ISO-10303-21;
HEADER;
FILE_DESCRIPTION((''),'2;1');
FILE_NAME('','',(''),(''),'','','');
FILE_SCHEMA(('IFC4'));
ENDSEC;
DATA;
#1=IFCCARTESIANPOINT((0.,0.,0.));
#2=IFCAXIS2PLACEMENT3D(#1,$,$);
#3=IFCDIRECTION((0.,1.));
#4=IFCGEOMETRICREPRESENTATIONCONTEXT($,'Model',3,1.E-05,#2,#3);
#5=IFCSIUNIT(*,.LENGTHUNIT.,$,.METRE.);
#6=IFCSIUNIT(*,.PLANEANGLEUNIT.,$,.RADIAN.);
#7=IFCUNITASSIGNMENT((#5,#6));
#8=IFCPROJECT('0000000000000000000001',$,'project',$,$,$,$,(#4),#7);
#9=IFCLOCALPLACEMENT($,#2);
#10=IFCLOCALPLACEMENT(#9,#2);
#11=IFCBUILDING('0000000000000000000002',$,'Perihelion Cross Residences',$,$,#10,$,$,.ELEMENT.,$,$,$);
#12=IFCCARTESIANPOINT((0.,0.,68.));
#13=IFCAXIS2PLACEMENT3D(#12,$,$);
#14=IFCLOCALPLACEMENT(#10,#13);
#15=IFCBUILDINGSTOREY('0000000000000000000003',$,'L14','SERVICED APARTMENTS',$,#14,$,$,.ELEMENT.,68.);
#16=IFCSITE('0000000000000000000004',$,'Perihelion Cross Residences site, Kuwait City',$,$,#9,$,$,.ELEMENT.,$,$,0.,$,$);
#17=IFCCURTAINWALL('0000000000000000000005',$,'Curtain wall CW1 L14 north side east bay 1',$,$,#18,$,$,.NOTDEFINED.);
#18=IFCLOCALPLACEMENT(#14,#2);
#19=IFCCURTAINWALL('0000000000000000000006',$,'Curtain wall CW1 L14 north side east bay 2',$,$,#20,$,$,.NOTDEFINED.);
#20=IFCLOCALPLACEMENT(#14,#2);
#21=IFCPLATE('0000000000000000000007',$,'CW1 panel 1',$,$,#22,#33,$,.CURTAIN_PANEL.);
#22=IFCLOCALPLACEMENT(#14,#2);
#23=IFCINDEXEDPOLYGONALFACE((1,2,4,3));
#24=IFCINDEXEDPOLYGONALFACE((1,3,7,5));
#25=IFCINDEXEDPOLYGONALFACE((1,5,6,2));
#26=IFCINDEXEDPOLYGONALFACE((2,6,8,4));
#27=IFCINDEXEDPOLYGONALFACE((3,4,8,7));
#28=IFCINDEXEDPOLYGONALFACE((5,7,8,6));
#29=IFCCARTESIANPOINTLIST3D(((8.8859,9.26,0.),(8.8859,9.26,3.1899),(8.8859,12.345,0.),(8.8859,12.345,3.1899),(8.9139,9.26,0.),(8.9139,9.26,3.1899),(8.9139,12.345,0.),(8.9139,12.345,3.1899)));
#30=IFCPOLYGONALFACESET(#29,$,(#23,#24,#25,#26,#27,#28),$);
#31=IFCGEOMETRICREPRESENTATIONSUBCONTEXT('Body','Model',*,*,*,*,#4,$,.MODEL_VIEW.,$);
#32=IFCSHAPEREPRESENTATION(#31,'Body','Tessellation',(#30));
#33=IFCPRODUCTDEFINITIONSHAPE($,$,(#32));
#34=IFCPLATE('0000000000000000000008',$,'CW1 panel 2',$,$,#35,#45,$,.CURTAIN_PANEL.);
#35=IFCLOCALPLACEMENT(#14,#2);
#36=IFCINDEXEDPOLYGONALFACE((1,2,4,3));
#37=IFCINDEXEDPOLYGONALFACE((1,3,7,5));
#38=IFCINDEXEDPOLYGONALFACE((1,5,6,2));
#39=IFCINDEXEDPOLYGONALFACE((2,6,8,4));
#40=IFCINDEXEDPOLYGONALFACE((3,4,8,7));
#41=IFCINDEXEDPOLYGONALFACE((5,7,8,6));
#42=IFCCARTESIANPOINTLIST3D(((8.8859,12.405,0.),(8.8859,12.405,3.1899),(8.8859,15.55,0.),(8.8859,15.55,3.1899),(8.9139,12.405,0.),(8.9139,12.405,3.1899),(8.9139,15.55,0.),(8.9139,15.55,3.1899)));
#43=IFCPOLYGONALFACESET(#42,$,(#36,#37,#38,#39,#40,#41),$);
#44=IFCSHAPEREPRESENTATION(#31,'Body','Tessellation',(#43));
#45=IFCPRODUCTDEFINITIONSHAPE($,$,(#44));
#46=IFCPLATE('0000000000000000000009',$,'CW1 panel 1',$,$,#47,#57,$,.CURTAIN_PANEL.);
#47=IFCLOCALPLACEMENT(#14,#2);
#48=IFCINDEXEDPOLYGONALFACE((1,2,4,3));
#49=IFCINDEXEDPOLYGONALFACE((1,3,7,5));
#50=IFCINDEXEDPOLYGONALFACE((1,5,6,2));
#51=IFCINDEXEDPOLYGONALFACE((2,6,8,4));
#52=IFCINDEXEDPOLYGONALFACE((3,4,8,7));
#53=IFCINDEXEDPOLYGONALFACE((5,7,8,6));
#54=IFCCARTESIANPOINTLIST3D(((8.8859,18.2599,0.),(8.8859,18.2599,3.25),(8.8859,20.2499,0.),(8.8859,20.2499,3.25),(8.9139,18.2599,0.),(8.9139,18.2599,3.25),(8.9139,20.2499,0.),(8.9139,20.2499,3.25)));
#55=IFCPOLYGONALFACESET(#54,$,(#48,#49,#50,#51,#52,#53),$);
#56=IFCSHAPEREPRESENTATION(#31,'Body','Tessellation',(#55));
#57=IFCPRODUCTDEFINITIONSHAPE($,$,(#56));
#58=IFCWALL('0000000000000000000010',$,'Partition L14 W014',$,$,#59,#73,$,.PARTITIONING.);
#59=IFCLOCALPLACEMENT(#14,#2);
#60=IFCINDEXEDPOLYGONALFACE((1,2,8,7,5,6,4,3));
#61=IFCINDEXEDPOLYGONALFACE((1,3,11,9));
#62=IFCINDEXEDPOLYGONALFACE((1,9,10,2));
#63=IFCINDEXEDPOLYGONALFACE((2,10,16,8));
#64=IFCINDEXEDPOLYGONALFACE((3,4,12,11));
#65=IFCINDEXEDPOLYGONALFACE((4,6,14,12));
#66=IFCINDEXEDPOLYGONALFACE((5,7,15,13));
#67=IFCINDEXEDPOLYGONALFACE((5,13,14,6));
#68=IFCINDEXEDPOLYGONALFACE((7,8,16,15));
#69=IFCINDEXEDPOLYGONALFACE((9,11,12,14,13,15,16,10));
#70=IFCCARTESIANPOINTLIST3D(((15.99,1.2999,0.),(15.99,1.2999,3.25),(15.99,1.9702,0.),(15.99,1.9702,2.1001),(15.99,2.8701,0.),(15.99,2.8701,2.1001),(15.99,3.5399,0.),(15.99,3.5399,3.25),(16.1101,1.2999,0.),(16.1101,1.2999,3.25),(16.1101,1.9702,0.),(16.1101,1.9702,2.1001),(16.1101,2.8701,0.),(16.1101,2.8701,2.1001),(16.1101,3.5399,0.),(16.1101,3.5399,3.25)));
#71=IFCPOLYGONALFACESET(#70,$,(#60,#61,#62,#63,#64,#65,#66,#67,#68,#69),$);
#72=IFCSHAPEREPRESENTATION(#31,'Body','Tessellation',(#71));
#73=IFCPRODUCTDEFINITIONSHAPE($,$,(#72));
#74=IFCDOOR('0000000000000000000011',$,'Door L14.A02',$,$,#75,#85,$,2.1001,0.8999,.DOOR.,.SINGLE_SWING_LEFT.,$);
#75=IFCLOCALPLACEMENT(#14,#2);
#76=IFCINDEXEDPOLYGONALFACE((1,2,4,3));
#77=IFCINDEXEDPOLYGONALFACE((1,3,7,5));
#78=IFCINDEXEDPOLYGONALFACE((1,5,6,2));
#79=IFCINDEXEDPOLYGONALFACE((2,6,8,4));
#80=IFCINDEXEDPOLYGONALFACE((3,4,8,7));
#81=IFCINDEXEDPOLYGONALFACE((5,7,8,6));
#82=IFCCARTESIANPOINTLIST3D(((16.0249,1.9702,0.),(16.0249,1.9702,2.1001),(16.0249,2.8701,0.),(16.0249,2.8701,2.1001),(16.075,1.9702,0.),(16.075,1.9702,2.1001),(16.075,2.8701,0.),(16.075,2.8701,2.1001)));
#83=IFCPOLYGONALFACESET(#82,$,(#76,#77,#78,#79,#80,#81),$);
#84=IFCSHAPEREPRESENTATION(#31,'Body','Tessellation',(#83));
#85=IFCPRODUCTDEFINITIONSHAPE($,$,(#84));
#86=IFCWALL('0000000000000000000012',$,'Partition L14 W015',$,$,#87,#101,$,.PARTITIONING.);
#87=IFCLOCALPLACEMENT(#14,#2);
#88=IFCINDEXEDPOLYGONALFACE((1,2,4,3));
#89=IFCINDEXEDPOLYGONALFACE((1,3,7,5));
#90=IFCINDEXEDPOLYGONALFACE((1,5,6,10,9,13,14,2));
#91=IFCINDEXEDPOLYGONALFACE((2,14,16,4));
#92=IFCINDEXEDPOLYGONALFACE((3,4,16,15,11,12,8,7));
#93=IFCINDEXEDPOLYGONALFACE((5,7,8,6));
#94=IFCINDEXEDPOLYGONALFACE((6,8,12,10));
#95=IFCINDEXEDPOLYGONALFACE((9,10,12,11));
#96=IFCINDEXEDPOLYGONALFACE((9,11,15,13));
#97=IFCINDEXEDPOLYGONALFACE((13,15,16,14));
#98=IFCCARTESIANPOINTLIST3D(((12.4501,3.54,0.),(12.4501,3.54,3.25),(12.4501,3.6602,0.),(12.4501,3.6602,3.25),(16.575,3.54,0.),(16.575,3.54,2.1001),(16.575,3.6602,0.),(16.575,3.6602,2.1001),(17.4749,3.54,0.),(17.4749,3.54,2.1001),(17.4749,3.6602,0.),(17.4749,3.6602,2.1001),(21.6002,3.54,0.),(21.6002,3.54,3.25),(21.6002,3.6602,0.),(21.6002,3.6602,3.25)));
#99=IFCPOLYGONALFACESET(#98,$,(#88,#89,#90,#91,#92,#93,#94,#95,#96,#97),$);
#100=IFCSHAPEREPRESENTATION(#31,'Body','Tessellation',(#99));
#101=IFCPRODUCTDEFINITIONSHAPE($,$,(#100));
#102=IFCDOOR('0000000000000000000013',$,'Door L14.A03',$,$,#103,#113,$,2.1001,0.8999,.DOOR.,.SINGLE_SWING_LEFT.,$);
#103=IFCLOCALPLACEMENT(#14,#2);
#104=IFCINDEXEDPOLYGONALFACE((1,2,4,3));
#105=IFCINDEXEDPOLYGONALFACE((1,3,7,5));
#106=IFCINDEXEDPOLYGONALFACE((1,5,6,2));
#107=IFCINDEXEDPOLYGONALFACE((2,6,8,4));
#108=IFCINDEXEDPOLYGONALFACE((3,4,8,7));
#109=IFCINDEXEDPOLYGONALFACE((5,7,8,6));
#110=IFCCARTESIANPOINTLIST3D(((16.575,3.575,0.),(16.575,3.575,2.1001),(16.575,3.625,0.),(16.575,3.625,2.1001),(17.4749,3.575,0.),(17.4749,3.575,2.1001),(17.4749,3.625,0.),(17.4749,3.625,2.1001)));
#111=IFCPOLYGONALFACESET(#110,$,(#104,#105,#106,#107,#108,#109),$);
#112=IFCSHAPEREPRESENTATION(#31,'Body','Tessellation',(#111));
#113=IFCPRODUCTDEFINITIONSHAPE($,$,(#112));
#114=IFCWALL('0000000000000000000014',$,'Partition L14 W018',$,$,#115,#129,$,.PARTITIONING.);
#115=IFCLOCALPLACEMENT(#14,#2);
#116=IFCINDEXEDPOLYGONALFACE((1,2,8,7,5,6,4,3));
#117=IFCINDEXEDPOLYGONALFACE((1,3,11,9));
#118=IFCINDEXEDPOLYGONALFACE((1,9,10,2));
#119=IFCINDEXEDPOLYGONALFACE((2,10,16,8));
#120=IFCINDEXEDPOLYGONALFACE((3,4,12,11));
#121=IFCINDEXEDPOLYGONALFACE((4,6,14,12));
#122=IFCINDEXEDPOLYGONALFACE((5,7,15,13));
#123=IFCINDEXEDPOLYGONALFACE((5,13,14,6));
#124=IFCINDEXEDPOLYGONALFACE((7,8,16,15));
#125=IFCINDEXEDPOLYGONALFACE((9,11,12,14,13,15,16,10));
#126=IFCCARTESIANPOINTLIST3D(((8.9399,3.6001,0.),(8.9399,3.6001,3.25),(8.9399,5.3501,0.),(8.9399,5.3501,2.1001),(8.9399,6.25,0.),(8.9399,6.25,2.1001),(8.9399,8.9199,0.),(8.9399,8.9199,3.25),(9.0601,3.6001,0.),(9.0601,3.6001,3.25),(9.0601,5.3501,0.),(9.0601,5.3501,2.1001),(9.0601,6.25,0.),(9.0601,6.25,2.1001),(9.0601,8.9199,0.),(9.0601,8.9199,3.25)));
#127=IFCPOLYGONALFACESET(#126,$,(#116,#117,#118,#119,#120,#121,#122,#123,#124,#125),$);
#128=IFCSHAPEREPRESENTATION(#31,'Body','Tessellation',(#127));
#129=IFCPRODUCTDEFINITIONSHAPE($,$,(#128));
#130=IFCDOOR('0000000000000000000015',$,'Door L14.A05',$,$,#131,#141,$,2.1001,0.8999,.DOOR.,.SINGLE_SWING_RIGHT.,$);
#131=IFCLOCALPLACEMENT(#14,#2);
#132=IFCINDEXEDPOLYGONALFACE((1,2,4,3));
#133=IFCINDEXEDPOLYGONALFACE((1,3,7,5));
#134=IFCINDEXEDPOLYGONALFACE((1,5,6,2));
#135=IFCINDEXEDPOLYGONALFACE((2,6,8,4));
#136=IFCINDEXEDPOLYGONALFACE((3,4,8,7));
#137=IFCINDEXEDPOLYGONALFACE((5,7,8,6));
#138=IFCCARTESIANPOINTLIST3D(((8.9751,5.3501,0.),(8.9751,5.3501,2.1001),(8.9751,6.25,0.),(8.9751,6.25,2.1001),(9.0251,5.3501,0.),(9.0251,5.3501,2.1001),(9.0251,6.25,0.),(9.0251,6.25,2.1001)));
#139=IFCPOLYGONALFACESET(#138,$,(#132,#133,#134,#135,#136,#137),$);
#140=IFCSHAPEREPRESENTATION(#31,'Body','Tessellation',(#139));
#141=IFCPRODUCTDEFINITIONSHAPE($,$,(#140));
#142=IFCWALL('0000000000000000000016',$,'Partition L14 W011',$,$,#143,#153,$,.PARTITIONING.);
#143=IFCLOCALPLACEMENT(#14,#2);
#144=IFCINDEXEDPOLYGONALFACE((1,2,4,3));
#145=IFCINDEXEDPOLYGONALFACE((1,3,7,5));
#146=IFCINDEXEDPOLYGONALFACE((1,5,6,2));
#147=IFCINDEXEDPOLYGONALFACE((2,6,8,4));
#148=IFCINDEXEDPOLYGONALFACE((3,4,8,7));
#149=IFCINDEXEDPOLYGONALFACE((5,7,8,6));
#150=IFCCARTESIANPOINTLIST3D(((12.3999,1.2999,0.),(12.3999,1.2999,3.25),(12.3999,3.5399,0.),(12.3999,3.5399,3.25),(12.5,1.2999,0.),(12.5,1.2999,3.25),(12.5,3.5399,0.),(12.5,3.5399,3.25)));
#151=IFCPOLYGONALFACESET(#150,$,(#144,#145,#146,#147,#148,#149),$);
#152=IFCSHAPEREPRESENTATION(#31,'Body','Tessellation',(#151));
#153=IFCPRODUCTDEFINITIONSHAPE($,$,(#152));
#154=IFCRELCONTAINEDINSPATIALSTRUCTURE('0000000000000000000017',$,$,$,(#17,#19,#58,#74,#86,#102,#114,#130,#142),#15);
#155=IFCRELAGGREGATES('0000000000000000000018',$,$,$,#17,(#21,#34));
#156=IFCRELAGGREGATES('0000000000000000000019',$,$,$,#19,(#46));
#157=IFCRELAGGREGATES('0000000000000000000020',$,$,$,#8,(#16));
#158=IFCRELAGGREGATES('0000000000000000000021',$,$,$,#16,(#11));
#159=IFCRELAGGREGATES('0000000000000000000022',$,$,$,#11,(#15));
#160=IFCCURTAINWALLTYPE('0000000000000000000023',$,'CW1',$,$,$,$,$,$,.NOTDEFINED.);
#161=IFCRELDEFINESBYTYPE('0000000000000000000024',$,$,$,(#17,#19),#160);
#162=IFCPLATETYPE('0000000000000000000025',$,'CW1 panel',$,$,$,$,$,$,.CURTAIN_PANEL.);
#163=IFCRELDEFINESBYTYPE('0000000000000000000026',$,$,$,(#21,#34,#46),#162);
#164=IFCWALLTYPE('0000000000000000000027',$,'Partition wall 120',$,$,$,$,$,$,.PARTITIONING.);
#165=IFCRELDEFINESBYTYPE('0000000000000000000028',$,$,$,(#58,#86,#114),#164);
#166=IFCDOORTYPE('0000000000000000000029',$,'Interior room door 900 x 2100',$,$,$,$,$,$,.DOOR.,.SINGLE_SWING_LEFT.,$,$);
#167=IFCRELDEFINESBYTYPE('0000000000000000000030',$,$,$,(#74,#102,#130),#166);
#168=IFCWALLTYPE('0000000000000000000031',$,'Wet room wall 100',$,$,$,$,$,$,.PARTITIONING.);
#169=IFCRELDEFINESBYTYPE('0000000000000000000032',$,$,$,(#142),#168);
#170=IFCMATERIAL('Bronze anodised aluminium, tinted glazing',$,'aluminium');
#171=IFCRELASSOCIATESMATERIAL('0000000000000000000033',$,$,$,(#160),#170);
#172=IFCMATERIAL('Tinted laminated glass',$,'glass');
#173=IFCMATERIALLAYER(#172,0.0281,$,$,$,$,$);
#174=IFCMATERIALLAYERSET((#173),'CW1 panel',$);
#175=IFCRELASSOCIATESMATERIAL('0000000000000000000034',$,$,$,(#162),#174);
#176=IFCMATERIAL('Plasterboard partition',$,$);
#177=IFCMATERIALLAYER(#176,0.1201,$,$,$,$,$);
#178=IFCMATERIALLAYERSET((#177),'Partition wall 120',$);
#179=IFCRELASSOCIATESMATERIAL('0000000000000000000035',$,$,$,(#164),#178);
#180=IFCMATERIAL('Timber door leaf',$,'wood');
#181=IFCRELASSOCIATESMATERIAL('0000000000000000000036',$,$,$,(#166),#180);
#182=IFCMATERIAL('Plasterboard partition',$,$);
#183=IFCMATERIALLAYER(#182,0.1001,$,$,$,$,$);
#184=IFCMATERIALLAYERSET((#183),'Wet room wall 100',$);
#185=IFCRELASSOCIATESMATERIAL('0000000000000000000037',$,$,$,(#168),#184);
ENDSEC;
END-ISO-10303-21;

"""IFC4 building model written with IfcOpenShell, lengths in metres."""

from ifc_helpers import new_model, si_unit, direction, frame, frame_2d, origin, origin_2d, place, context, subcontext, project, spatial, rectangle, extrude, material, layer, layer_set, type_object, element, fill, aggregate, save


model = new_model("IFC4")

# Units and contexts
model_context = context("Model", 3, precision=1e-05, world=origin(), true_north=direction((0.0, 1.0)))
body_context = subcontext(model_context, "Body", "Model", "MODEL_VIEW")
ifc_project = project(units=[si_unit("LENGTHUNIT", "METRE"), si_unit("PLANEANGLEUNIT", "RADIAN")], contexts=[model_context])

# Site, building, storey
site_placement = place(None, origin())
site = spatial("IfcSite", under=ifc_project, at=site_placement, Name="Perihelion Cross Residences site, Kuwait City", CompositionType="ELEMENT", RefElevation=0.0)
building_placement = place(site_placement, origin())
building = spatial("IfcBuilding", under=site, at=building_placement, Name="Perihelion Cross Residences", CompositionType="ELEMENT")
storey_placement = place(building_placement, frame((0.0, 0.0, 68.0)))
storey = spatial("IfcBuildingStorey", under=building, at=storey_placement, Name="L14", Description="SERVICED APARTMENTS", CompositionType="ELEMENT", Elevation=68.0)

# Curtain wall
ifc_material_1 = material(Name="Bronze anodised aluminium, tinted glazing", Category="aluminium")
curtain_wall_type = type_object("IfcCurtainWallType", Name="CW1", PredefinedType="NOTDEFINED", material=ifc_material_1)
curtain_wall_1_placement = place(storey_placement, origin())
curtain_wall_1 = element("IfcCurtainWall", 1, at=curtain_wall_1_placement, inside=storey, type_object=curtain_wall_type, Name="Curtain wall CW1 L14 north side east bay 1", PredefinedType="NOTDEFINED")

# Curtain wall
curtain_wall_2_placement = place(storey_placement, origin())
curtain_wall_2 = element("IfcCurtainWall", 2, at=curtain_wall_2_placement, inside=storey, type_object=curtain_wall_type, Name="Curtain wall CW1 L14 north side east bay 2", PredefinedType="NOTDEFINED")

# Plates
ifc_material_2 = material(Name="Tinted laminated glass", Category="glass")
ifc_layer_1 = layer(ifc_material_2, 0.0281)
ifc_layer_set_1 = layer_set([ifc_layer_1], Name="CW1 panel")
plate_type = type_object("IfcPlateType", Name="CW1 panel", PredefinedType="CURTAIN_PANEL", material=ifc_layer_set_1)
plate_1_placement = place(storey_placement, frame((8.8999, 10.8025, 0.0), z_axis=(0.0, 0.0, 1.0), x_axis=(0.0, 1.0, 0.0)))
plate_1 = element("IfcPlate", 3, at=plate_1_placement, type_object=plate_type, Name="CW1 panel 1", PredefinedType="CURTAIN_PANEL", context=body_context, shape_type="SweptSolid", body=[
    extrude(rectangle(XDim=3.085, YDim=0.0281, at=origin_2d()), origin(), (0.0, 0.0, 1.0), 3.1899),
])
plate_2_placement = place(storey_placement, frame((8.8999, 13.9775, 0.0), z_axis=(0.0, 0.0, 1.0), x_axis=(0.0, 1.0, 0.0)))
plate_2 = element("IfcPlate", 4, at=plate_2_placement, type_object=plate_type, Name="CW1 panel 2", PredefinedType="CURTAIN_PANEL", context=body_context, shape_type="SweptSolid", body=[
    extrude(rectangle(XDim=3.145, YDim=0.0281, at=origin_2d()), origin(), (0.0, 0.0, 1.0), 3.1899),
])
aggregate(curtain_wall_1, [plate_1, plate_2])
plate_3_placement = place(storey_placement, frame((8.8999, 19.2549, 0.0), z_axis=(0.0, 0.0, 1.0), x_axis=(0.0, 1.0, 0.0)))
plate_3 = element("IfcPlate", 5, at=plate_3_placement, type_object=plate_type, Name="CW1 panel 1", PredefinedType="CURTAIN_PANEL", context=body_context, shape_type="SweptSolid", body=[
    extrude(rectangle(XDim=1.99, YDim=0.0281, at=origin_2d()), origin(), (0.0, 0.0, 1.0), 3.25),
])
aggregate(curtain_wall_2, [plate_3])

# Walls, openings, doors
ifc_material_3 = material(Name="Plasterboard partition")
ifc_layer_2 = layer(ifc_material_3, 0.1201)
ifc_layer_set_2 = layer_set([ifc_layer_2], Name="Partition wall 120")
wall_type_1 = type_object("IfcWallType", Name="Partition wall 120", PredefinedType="PARTITIONING", material=ifc_layer_set_2)
wall_1_placement = place(storey_placement, frame((16.05, 3.54, 0.0), z_axis=(0.0, 0.0, 1.0), x_axis=(0.0, -1.0, 0.0)))
wall_1 = element("IfcWall", 6, at=wall_1_placement, inside=storey, type_object=wall_type_1, Name="Partition L14 W014", PredefinedType="PARTITIONING", context=body_context, shape_type="SweptSolid", body=[
    extrude(rectangle(XDim=2.24, YDim=0.1201, at=frame_2d((1.1201, 0.0))), origin(), (0.0, 0.0, 1.0), 3.25),
])
opening_1_placement = place(wall_1_placement, frame((0.6699, 0.0, 0.0)))
opening_1 = element("IfcOpeningElement", 7, at=opening_1_placement, cuts=wall_1, PredefinedType="OPENING", context=body_context, shape_type="SweptSolid", body=[
    extrude(rectangle(XDim=0.8999, YDim=2.1001, at=frame_2d((0.45, 1.05))), frame((0.0, 0.0701, 0.0), z_axis=(0.0, -1.0, 0.0), x_axis=(1.0, 0.0, 0.0)), (0.0, 0.0, 1.0), 0.1401),
])
ifc_material_4 = material(Name="Timber door leaf", Category="wood")
door_type_1 = type_object("IfcDoorType", Name="Interior room door 900 x 2100", OperationType="SINGLE_SWING_LEFT", PredefinedType="DOOR", material=ifc_material_4)
door_1_placement = place(opening_1_placement, origin())
door_1 = element("IfcDoor", 8, at=door_1_placement, inside=storey, type_object=door_type_1, Name="Door L14.A02", OperationType="SINGLE_SWING_LEFT", OverallHeight=2.1001, OverallWidth=0.8999, PredefinedType="DOOR", context=body_context, shape_type="SweptSolid", body=[
    extrude(rectangle(XDim=0.8999, YDim=2.1001, at=frame_2d((0.45, 1.05))), frame((0.0, 0.0249, 0.0), z_axis=(0.0, -1.0, 0.0), x_axis=(1.0, 0.0, 0.0)), (0.0, 0.0, 1.0), 0.05),
])
fill(opening_1, door_1)
wall_2_placement = place(storey_placement, frame((12.45, 3.6001, 0.0), z_axis=(0.0, 0.0, 1.0), x_axis=(1.0, 0.0, 0.0)))
wall_2 = element("IfcWall", 9, at=wall_2_placement, inside=storey, type_object=wall_type_1, Name="Partition L14 W015", PredefinedType="PARTITIONING", context=body_context, shape_type="SweptSolid", body=[
    extrude(rectangle(XDim=9.1501, YDim=0.1201, at=frame_2d((4.5752, 0.0))), origin(), (0.0, 0.0, 1.0), 3.25),
])
opening_2_placement = place(wall_2_placement, frame((4.125, 0.0, 0.0)))
opening_2 = element("IfcOpeningElement", 10, at=opening_2_placement, cuts=wall_2, PredefinedType="OPENING", context=body_context, shape_type="SweptSolid", body=[
    extrude(rectangle(XDim=0.8999, YDim=2.1001, at=frame_2d((0.45, 1.05))), frame((0.0, 0.0701, 0.0), z_axis=(0.0, -1.0, 0.0), x_axis=(1.0, 0.0, 0.0)), (0.0, 0.0, 1.0), 0.1401),
])
door_2_placement = place(opening_2_placement, origin())
door_2 = element("IfcDoor", 11, at=door_2_placement, inside=storey, type_object=door_type_1, Name="Door L14.A03", OperationType="SINGLE_SWING_LEFT", OverallHeight=2.1001, OverallWidth=0.8999, PredefinedType="DOOR", context=body_context, shape_type="SweptSolid", body=[
    extrude(rectangle(XDim=0.8999, YDim=2.1001, at=frame_2d((0.45, 1.05))), frame((0.0, 0.0249, 0.0), z_axis=(0.0, -1.0, 0.0), x_axis=(1.0, 0.0, 0.0)), (0.0, 0.0, 1.0), 0.05),
])
fill(opening_2, door_2)
wall_3_placement = place(storey_placement, frame((9.0, 3.6001, 0.0), z_axis=(0.0, 0.0, 1.0), x_axis=(0.0, 1.0, 0.0)))
wall_3 = element("IfcWall", 12, at=wall_3_placement, inside=storey, type_object=wall_type_1, Name="Partition L14 W018", PredefinedType="PARTITIONING", context=body_context, shape_type="SweptSolid", body=[
    extrude(rectangle(XDim=5.3198, YDim=0.1201, at=frame_2d((2.6599, 0.0))), origin(), (0.0, 0.0, 1.0), 3.25),
])
opening_3_placement = place(wall_3_placement, frame((1.75, 0.0, 0.0)))
opening_3 = element("IfcOpeningElement", 13, at=opening_3_placement, cuts=wall_3, PredefinedType="OPENING", context=body_context, shape_type="SweptSolid", body=[
    extrude(rectangle(XDim=0.8999, YDim=2.1001, at=frame_2d((0.45, 1.05))), frame((0.0, 0.0701, 0.0), z_axis=(0.0, -1.0, 0.0), x_axis=(1.0, 0.0, 0.0)), (0.0, 0.0, 1.0), 0.1401),
])
door_3_placement = place(opening_3_placement, origin())
door_3 = element("IfcDoor", 14, at=door_3_placement, inside=storey, type_object=door_type_1, Name="Door L14.A05", OperationType="SINGLE_SWING_RIGHT", OverallHeight=2.1001, OverallWidth=0.8999, PredefinedType="DOOR", context=body_context, shape_type="SweptSolid", body=[
    extrude(rectangle(XDim=0.8999, YDim=2.1001, at=frame_2d((0.45, 1.05))), frame((0.0, 0.0249, 0.0), z_axis=(0.0, -1.0, 0.0), x_axis=(1.0, 0.0, 0.0)), (0.0, 0.0, 1.0), 0.05),
])
fill(opening_3, door_3)

# Wall
ifc_material_5 = material(Name="Plasterboard partition")
ifc_layer_3 = layer(ifc_material_5, 0.1001)
ifc_layer_set_3 = layer_set([ifc_layer_3], Name="Wet room wall 100")
wall_type_2 = type_object("IfcWallType", Name="Wet room wall 100", PredefinedType="PARTITIONING", material=ifc_layer_set_3)
wall_4_placement = place(storey_placement, frame((12.45, 3.54, 0.0), z_axis=(0.0, 0.0, 1.0), x_axis=(0.0, -1.0, 0.0)))
element("IfcWall", 15, at=wall_4_placement, inside=storey, type_object=wall_type_2, Name="Partition L14 W011", PredefinedType="PARTITIONING", context=body_context, shape_type="SweptSolid", body=[
    extrude(rectangle(XDim=2.24, YDim=0.1001, at=frame_2d((1.1201, 0.0))), origin(), (0.0, 0.0, 1.0), 3.25),
])

save(model, "model.ifc")
